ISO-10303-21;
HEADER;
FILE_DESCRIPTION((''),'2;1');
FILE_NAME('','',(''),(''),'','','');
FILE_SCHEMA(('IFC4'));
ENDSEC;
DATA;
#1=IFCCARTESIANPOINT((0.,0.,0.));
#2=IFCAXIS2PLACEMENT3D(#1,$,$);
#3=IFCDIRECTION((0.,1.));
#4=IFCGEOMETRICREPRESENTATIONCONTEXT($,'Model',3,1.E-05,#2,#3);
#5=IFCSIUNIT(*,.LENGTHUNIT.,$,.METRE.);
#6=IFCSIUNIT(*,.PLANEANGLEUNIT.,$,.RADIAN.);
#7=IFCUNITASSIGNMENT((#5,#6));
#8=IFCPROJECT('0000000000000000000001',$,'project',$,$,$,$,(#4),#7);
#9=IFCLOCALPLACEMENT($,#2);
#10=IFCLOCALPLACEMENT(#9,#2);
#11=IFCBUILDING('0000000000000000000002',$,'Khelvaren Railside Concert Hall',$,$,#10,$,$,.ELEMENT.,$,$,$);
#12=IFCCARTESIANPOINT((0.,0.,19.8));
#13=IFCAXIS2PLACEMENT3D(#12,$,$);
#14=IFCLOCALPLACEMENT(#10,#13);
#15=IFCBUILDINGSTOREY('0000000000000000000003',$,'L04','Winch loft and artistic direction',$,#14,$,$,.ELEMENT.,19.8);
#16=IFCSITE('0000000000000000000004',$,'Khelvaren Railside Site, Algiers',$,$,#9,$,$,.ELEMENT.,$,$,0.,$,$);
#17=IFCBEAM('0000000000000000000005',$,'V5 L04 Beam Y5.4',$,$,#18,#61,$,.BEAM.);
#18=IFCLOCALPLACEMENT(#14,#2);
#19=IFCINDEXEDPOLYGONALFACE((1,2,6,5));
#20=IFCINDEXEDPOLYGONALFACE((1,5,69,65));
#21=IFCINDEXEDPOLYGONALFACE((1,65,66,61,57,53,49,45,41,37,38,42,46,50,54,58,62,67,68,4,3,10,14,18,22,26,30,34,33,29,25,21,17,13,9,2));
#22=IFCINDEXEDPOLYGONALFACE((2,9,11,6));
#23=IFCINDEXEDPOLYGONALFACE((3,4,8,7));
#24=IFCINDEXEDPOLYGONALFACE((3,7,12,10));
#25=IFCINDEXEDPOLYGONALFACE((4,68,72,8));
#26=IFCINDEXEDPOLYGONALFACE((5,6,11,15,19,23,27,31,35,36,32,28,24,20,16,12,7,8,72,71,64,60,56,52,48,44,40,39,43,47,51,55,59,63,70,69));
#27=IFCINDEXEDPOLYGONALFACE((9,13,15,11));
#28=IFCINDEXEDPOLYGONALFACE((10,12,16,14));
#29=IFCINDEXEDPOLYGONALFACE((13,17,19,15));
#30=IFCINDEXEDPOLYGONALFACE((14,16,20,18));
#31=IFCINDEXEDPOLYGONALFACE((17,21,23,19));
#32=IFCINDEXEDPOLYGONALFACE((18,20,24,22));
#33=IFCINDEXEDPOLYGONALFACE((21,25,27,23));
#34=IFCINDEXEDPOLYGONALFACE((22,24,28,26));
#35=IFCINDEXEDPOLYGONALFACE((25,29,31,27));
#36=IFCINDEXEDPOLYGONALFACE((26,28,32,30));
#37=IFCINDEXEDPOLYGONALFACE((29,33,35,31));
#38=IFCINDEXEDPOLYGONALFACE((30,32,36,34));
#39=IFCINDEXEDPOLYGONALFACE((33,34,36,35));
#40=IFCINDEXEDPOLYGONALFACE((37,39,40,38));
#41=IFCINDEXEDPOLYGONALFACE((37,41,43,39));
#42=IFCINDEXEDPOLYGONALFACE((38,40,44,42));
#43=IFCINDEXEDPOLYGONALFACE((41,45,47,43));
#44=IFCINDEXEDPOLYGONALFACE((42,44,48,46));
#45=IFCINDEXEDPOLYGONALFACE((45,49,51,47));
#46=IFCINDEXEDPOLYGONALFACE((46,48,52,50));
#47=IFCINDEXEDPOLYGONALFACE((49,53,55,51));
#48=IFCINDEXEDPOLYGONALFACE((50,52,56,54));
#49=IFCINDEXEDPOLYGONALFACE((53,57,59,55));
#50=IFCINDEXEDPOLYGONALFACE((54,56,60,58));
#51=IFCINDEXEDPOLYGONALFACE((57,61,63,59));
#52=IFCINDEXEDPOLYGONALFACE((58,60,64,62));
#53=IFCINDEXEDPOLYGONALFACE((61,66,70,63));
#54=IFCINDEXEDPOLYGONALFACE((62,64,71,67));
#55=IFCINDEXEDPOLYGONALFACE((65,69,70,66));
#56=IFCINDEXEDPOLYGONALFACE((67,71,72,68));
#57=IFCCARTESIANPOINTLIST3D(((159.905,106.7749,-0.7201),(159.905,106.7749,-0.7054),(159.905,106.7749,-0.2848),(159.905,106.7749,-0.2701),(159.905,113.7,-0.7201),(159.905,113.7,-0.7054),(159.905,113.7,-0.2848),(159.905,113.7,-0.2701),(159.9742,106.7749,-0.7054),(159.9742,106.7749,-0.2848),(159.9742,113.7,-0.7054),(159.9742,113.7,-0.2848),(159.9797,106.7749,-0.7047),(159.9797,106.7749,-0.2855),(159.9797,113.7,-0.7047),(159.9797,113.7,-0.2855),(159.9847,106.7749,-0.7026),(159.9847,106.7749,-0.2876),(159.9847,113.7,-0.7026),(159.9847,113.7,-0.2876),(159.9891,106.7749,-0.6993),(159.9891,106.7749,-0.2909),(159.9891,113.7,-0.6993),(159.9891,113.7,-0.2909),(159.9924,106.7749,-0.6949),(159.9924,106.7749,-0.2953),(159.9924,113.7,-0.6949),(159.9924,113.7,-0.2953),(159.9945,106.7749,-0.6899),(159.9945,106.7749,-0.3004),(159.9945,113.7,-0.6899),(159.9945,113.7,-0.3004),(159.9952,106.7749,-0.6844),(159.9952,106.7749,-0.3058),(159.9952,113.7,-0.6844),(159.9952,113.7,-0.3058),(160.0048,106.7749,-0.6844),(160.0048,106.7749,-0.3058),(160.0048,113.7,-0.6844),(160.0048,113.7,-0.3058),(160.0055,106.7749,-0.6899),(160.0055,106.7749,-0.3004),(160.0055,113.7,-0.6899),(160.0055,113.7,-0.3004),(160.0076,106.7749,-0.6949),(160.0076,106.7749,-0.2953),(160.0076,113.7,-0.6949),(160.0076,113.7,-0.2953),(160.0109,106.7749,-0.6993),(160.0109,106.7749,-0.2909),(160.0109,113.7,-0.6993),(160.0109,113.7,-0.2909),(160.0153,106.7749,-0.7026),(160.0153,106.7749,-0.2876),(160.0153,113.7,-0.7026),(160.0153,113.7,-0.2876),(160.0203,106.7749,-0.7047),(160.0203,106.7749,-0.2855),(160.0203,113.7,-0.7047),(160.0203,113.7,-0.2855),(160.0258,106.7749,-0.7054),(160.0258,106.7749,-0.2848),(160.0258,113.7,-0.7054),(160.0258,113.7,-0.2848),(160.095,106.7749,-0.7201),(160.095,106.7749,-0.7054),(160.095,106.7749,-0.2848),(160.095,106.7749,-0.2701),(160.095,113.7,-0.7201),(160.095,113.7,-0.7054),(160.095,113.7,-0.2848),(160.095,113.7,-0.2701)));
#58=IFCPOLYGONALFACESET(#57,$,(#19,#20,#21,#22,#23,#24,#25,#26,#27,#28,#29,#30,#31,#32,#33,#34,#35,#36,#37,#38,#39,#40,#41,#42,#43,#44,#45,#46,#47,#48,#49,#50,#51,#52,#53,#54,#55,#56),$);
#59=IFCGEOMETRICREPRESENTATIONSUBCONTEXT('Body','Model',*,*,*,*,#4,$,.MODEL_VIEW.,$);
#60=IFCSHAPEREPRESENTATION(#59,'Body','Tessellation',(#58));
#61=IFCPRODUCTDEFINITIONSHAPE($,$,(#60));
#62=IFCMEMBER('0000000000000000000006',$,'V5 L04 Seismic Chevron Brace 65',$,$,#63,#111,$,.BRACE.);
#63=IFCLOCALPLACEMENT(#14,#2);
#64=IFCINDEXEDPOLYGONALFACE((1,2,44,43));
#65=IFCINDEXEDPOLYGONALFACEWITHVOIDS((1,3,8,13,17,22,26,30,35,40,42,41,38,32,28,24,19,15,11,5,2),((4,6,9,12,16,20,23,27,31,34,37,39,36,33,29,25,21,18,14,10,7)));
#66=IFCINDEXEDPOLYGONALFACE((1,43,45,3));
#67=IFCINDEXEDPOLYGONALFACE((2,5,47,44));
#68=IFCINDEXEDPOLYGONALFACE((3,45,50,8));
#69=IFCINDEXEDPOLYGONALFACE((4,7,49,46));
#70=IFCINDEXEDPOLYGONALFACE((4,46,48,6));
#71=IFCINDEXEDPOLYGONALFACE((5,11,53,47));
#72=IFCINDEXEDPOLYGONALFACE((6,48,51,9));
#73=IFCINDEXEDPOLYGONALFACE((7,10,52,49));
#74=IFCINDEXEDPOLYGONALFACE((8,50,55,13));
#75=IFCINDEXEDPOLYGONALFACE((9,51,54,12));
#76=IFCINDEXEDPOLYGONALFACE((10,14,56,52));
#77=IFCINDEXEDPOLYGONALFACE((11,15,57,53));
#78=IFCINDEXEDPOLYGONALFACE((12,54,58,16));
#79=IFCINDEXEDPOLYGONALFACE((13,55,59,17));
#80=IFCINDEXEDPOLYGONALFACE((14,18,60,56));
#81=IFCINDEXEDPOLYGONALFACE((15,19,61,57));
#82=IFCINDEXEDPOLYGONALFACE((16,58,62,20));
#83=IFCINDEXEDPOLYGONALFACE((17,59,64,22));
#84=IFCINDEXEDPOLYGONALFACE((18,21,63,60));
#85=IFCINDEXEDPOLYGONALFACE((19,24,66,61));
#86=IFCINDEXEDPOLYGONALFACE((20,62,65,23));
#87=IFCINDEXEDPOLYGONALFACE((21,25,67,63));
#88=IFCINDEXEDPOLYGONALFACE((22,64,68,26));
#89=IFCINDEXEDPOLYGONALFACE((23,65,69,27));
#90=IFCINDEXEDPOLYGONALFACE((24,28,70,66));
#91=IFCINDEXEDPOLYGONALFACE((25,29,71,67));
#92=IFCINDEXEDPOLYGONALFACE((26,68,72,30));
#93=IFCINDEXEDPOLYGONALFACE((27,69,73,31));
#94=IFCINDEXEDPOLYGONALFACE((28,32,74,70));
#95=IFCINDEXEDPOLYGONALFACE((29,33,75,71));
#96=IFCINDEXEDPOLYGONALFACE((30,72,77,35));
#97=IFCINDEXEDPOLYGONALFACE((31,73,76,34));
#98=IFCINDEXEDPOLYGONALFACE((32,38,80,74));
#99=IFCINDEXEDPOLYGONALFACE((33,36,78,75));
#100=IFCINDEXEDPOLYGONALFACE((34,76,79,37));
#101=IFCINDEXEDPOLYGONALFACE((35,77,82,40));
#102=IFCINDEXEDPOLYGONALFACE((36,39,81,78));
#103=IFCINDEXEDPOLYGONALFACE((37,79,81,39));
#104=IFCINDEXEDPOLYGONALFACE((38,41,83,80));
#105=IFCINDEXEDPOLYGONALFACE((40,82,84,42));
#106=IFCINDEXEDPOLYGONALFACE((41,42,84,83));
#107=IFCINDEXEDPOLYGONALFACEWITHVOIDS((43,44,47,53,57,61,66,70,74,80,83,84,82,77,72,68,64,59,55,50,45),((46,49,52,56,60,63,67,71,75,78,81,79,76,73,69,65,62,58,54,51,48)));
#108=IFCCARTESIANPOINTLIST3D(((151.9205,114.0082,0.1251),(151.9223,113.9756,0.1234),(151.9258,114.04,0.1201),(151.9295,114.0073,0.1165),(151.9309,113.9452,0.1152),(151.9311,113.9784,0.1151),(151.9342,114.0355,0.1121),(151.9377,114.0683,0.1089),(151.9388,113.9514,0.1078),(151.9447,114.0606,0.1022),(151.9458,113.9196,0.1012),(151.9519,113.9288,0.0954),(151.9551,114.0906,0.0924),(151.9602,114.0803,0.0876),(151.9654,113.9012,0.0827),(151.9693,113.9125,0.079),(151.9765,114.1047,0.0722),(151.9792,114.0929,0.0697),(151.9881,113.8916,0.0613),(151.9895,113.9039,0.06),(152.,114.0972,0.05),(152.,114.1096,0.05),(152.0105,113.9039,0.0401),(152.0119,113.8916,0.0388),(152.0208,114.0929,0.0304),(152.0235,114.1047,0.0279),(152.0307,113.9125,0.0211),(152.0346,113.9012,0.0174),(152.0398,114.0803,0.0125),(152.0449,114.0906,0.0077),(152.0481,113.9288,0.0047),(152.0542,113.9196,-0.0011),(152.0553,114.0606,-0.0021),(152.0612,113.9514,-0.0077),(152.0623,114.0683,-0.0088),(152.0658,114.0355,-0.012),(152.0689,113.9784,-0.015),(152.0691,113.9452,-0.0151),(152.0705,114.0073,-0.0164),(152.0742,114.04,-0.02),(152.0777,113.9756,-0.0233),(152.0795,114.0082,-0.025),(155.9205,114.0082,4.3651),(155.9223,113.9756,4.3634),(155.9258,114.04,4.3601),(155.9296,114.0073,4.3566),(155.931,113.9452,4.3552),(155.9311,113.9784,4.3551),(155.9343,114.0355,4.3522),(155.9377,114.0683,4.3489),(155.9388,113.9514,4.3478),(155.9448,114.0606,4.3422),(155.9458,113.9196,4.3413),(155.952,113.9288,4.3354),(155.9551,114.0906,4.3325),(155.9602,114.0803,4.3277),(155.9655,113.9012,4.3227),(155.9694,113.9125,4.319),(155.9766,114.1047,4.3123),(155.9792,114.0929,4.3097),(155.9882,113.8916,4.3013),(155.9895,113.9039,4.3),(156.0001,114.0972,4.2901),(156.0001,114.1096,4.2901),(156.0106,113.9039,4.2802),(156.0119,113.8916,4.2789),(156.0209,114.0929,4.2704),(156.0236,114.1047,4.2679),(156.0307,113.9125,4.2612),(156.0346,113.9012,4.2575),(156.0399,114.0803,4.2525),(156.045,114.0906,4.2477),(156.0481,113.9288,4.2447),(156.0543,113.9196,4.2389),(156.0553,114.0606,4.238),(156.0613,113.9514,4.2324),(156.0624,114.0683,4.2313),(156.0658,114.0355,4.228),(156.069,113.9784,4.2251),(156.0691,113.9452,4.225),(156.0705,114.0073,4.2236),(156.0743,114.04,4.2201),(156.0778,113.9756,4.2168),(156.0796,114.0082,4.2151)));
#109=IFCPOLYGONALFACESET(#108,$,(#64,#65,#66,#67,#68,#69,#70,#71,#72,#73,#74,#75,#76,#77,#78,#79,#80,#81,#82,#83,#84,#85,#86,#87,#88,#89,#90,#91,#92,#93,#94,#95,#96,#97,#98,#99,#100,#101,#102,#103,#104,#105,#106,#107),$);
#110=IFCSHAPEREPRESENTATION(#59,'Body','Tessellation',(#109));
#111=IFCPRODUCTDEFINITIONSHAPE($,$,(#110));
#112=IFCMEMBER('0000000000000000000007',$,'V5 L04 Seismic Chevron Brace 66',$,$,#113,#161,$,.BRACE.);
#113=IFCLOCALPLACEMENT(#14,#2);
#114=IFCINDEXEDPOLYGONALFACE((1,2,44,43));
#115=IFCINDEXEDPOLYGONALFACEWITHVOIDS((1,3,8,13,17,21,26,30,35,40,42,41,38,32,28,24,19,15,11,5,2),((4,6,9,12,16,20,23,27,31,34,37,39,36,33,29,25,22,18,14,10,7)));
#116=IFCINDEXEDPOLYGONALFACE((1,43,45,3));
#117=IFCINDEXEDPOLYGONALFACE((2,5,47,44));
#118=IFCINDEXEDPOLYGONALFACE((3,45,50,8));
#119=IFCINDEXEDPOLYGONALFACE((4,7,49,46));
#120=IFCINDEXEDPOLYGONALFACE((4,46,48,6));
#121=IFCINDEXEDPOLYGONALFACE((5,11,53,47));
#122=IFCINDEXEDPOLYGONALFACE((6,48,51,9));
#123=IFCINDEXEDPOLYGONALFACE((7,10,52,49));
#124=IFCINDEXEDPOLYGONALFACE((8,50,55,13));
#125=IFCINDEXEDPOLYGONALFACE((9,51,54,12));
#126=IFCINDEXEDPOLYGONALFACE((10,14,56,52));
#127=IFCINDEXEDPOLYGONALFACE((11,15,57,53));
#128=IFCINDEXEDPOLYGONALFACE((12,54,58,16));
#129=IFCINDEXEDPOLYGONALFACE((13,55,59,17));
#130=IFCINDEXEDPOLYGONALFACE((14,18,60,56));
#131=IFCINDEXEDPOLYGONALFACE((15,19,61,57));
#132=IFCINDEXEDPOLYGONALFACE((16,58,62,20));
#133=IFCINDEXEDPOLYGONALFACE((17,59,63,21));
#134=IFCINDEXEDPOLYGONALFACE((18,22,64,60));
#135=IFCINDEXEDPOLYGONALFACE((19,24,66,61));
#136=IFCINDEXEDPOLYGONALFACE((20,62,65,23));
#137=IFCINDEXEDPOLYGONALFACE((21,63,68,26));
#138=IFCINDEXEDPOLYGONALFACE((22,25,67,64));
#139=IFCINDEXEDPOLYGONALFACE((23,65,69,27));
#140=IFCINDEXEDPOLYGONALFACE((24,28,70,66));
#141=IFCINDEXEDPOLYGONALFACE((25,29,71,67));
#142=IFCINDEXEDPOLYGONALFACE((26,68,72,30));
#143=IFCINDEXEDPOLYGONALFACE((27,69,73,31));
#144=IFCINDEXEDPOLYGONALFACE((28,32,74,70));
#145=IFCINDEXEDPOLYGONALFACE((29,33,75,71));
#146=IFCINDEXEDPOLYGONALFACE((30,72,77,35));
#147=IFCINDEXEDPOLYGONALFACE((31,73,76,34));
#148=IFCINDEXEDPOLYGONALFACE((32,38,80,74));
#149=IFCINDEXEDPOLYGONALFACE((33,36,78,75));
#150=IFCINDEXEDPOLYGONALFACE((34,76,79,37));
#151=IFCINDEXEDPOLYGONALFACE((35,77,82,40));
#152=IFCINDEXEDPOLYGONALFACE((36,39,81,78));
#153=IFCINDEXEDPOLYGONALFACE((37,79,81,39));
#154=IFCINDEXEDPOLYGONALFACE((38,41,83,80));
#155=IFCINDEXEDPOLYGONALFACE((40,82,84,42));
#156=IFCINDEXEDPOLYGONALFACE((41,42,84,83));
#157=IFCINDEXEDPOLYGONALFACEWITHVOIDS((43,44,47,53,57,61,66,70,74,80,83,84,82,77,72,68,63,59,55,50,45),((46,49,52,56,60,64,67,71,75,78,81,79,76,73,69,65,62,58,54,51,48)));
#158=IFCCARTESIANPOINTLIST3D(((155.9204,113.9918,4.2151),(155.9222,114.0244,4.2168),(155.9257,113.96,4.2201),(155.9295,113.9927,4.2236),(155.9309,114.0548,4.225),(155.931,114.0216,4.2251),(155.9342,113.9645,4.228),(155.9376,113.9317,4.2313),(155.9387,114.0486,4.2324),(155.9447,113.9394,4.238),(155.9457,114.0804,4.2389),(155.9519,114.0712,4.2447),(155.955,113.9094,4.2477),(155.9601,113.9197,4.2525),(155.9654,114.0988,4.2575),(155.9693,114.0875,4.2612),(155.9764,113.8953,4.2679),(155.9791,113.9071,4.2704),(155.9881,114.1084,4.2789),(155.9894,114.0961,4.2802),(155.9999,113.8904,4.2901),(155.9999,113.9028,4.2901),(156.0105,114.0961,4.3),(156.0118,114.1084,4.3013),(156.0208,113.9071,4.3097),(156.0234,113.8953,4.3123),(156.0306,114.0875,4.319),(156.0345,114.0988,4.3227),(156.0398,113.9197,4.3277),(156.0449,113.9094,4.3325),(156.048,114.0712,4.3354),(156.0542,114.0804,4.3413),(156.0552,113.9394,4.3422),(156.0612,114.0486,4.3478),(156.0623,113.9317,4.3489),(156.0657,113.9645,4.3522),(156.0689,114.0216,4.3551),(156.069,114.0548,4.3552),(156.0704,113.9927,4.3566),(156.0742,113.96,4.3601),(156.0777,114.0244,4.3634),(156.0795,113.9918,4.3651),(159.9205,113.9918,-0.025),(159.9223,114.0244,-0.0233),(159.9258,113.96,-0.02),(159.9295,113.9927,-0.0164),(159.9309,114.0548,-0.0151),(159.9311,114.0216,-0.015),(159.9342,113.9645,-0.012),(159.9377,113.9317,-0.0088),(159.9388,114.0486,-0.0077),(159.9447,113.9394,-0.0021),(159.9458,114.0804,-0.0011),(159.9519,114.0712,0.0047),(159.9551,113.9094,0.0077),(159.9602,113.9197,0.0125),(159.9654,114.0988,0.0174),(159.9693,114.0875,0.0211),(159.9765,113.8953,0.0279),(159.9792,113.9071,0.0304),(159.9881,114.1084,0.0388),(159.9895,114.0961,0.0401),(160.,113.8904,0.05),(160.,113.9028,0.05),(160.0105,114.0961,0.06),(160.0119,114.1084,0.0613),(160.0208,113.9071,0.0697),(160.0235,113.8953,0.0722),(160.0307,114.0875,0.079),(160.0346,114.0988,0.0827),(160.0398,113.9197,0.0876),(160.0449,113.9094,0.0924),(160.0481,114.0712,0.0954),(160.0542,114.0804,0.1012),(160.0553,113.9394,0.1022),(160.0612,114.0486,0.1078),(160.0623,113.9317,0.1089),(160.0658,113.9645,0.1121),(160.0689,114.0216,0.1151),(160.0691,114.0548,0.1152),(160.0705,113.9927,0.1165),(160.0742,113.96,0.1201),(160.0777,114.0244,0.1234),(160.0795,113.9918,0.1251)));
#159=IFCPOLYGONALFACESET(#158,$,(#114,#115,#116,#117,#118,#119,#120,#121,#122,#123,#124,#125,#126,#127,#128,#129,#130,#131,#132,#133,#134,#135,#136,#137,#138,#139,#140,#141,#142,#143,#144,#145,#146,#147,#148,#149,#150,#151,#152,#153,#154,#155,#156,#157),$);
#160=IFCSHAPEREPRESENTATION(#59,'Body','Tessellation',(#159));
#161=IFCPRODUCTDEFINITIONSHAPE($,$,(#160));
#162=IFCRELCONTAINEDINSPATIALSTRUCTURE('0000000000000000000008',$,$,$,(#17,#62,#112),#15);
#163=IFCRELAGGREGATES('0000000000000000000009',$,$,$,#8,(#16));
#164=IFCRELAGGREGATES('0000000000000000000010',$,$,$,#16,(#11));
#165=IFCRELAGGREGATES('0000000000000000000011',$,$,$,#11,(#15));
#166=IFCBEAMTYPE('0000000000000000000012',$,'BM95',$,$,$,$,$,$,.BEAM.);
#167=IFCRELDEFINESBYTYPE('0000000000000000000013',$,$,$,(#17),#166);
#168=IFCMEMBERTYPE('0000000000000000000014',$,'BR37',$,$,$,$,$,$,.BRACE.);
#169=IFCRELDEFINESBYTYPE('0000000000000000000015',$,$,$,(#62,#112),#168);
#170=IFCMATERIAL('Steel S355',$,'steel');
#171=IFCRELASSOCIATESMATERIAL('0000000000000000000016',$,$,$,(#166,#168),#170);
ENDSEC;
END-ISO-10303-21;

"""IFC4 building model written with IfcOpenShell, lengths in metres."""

from ifc_helpers import new_model, si_unit, direction, frame, origin, origin_2d, place, context, subcontext, project, spatial, hollow_circle, i_section, extrude, material, material_profile, profile_set, type_object, element, save


model = new_model("IFC4")

# Units and contexts
model_context = context("Model", 3, precision=1e-05, world=origin(), true_north=direction((0.0, 1.0)))
body_context = subcontext(model_context, "Body", "Model", "MODEL_VIEW")
ifc_project = project(units=[si_unit("LENGTHUNIT", "METRE"), si_unit("PLANEANGLEUNIT", "RADIAN")], contexts=[model_context])

# Site, building, storey
site_placement = place(None, origin())
site = spatial("IfcSite", under=ifc_project, at=site_placement, Name="Khelvaren Railside Site, Algiers", CompositionType="ELEMENT", RefElevation=0.0)
building_placement = place(site_placement, origin())
building = spatial("IfcBuilding", under=site, at=building_placement, Name="Khelvaren Railside Concert Hall", CompositionType="ELEMENT")
storey_placement = place(building_placement, frame((0.0, 0.0, 19.8)))
storey = spatial("IfcBuildingStorey", under=building, at=storey_placement, Name="L04", Description="Winch loft and artistic direction", CompositionType="ELEMENT", Elevation=19.8)

# Beam
ifc_material_1 = material(Name="Steel S355", Category="steel")
ifc_material_profile_1 = material_profile(ifc_material_1, i_section(OverallWidth=0.1899, OverallDepth=0.45, WebThickness=0.0095, FlangeThickness=0.0146, FilletRadius=0.021, at=origin_2d()), Name="IPE 450")
ifc_profile_set_1 = profile_set([ifc_material_profile_1], Name="Steel S355")
beam_type_1 = type_object("IfcBeamType", Name="BM95", PredefinedType="BEAM", material=ifc_profile_set_1)
beam_1_placement = place(storey_placement, frame((160.0, 106.7749, -0.4951), z_axis=(0.0, 1.0, 0.0), x_axis=(-1.0, 0.0, 0.0)))
element("IfcBeam", 1, at=beam_1_placement, inside=storey, type_object=beam_type_1, Name="V5 L04 Beam Y5.4", PredefinedType="BEAM", context=body_context, shape_type="SweptSolid", body=[
    extrude(i_section(OverallWidth=0.1899, OverallDepth=0.45, WebThickness=0.0095, FlangeThickness=0.0146, FilletRadius=0.021, at=origin_2d()), origin(), (0.0, 0.0, 1.0), 6.925),
])

# Members
ifc_material_profile_2 = material_profile(ifc_material_1, hollow_circle(Radius=0.1096, WallThickness=0.0125, at=origin_2d()), Name="CHS 219.1x12.5")
ifc_profile_set_2 = profile_set([ifc_material_profile_2], Name="Steel S355")
member_type = type_object("IfcMemberType", Name="BR37", PredefinedType="BRACE", material=ifc_profile_set_2)
for number, where, z_axis, x_axis, name in (
    (2, (152.0, 114.0, 0.05), (0.686221, 0.0, 0.727393), (0.0, 1.0, 0.0), "V5 L04 Seismic Chevron Brace 65"),
    (3, (160.0, 114.0, 0.05), (-0.686221, 0.0, 0.727393), (0.0, -1.0, 0.0), "V5 L04 Seismic Chevron Brace 66"),
):
    element("IfcMember", number, at=place(storey_placement, frame(where, z_axis=z_axis, x_axis=x_axis)), inside=storey, type_object=member_type, Name=name, PredefinedType="BRACE", context=body_context, shape_type="SweptSolid", body=[
        extrude(hollow_circle(Radius=0.1096, WallThickness=0.0125, at=origin_2d()), origin(), (0.0, 0.0, 1.0), 5.8291),
    ])

save(model, "model.ifc")
